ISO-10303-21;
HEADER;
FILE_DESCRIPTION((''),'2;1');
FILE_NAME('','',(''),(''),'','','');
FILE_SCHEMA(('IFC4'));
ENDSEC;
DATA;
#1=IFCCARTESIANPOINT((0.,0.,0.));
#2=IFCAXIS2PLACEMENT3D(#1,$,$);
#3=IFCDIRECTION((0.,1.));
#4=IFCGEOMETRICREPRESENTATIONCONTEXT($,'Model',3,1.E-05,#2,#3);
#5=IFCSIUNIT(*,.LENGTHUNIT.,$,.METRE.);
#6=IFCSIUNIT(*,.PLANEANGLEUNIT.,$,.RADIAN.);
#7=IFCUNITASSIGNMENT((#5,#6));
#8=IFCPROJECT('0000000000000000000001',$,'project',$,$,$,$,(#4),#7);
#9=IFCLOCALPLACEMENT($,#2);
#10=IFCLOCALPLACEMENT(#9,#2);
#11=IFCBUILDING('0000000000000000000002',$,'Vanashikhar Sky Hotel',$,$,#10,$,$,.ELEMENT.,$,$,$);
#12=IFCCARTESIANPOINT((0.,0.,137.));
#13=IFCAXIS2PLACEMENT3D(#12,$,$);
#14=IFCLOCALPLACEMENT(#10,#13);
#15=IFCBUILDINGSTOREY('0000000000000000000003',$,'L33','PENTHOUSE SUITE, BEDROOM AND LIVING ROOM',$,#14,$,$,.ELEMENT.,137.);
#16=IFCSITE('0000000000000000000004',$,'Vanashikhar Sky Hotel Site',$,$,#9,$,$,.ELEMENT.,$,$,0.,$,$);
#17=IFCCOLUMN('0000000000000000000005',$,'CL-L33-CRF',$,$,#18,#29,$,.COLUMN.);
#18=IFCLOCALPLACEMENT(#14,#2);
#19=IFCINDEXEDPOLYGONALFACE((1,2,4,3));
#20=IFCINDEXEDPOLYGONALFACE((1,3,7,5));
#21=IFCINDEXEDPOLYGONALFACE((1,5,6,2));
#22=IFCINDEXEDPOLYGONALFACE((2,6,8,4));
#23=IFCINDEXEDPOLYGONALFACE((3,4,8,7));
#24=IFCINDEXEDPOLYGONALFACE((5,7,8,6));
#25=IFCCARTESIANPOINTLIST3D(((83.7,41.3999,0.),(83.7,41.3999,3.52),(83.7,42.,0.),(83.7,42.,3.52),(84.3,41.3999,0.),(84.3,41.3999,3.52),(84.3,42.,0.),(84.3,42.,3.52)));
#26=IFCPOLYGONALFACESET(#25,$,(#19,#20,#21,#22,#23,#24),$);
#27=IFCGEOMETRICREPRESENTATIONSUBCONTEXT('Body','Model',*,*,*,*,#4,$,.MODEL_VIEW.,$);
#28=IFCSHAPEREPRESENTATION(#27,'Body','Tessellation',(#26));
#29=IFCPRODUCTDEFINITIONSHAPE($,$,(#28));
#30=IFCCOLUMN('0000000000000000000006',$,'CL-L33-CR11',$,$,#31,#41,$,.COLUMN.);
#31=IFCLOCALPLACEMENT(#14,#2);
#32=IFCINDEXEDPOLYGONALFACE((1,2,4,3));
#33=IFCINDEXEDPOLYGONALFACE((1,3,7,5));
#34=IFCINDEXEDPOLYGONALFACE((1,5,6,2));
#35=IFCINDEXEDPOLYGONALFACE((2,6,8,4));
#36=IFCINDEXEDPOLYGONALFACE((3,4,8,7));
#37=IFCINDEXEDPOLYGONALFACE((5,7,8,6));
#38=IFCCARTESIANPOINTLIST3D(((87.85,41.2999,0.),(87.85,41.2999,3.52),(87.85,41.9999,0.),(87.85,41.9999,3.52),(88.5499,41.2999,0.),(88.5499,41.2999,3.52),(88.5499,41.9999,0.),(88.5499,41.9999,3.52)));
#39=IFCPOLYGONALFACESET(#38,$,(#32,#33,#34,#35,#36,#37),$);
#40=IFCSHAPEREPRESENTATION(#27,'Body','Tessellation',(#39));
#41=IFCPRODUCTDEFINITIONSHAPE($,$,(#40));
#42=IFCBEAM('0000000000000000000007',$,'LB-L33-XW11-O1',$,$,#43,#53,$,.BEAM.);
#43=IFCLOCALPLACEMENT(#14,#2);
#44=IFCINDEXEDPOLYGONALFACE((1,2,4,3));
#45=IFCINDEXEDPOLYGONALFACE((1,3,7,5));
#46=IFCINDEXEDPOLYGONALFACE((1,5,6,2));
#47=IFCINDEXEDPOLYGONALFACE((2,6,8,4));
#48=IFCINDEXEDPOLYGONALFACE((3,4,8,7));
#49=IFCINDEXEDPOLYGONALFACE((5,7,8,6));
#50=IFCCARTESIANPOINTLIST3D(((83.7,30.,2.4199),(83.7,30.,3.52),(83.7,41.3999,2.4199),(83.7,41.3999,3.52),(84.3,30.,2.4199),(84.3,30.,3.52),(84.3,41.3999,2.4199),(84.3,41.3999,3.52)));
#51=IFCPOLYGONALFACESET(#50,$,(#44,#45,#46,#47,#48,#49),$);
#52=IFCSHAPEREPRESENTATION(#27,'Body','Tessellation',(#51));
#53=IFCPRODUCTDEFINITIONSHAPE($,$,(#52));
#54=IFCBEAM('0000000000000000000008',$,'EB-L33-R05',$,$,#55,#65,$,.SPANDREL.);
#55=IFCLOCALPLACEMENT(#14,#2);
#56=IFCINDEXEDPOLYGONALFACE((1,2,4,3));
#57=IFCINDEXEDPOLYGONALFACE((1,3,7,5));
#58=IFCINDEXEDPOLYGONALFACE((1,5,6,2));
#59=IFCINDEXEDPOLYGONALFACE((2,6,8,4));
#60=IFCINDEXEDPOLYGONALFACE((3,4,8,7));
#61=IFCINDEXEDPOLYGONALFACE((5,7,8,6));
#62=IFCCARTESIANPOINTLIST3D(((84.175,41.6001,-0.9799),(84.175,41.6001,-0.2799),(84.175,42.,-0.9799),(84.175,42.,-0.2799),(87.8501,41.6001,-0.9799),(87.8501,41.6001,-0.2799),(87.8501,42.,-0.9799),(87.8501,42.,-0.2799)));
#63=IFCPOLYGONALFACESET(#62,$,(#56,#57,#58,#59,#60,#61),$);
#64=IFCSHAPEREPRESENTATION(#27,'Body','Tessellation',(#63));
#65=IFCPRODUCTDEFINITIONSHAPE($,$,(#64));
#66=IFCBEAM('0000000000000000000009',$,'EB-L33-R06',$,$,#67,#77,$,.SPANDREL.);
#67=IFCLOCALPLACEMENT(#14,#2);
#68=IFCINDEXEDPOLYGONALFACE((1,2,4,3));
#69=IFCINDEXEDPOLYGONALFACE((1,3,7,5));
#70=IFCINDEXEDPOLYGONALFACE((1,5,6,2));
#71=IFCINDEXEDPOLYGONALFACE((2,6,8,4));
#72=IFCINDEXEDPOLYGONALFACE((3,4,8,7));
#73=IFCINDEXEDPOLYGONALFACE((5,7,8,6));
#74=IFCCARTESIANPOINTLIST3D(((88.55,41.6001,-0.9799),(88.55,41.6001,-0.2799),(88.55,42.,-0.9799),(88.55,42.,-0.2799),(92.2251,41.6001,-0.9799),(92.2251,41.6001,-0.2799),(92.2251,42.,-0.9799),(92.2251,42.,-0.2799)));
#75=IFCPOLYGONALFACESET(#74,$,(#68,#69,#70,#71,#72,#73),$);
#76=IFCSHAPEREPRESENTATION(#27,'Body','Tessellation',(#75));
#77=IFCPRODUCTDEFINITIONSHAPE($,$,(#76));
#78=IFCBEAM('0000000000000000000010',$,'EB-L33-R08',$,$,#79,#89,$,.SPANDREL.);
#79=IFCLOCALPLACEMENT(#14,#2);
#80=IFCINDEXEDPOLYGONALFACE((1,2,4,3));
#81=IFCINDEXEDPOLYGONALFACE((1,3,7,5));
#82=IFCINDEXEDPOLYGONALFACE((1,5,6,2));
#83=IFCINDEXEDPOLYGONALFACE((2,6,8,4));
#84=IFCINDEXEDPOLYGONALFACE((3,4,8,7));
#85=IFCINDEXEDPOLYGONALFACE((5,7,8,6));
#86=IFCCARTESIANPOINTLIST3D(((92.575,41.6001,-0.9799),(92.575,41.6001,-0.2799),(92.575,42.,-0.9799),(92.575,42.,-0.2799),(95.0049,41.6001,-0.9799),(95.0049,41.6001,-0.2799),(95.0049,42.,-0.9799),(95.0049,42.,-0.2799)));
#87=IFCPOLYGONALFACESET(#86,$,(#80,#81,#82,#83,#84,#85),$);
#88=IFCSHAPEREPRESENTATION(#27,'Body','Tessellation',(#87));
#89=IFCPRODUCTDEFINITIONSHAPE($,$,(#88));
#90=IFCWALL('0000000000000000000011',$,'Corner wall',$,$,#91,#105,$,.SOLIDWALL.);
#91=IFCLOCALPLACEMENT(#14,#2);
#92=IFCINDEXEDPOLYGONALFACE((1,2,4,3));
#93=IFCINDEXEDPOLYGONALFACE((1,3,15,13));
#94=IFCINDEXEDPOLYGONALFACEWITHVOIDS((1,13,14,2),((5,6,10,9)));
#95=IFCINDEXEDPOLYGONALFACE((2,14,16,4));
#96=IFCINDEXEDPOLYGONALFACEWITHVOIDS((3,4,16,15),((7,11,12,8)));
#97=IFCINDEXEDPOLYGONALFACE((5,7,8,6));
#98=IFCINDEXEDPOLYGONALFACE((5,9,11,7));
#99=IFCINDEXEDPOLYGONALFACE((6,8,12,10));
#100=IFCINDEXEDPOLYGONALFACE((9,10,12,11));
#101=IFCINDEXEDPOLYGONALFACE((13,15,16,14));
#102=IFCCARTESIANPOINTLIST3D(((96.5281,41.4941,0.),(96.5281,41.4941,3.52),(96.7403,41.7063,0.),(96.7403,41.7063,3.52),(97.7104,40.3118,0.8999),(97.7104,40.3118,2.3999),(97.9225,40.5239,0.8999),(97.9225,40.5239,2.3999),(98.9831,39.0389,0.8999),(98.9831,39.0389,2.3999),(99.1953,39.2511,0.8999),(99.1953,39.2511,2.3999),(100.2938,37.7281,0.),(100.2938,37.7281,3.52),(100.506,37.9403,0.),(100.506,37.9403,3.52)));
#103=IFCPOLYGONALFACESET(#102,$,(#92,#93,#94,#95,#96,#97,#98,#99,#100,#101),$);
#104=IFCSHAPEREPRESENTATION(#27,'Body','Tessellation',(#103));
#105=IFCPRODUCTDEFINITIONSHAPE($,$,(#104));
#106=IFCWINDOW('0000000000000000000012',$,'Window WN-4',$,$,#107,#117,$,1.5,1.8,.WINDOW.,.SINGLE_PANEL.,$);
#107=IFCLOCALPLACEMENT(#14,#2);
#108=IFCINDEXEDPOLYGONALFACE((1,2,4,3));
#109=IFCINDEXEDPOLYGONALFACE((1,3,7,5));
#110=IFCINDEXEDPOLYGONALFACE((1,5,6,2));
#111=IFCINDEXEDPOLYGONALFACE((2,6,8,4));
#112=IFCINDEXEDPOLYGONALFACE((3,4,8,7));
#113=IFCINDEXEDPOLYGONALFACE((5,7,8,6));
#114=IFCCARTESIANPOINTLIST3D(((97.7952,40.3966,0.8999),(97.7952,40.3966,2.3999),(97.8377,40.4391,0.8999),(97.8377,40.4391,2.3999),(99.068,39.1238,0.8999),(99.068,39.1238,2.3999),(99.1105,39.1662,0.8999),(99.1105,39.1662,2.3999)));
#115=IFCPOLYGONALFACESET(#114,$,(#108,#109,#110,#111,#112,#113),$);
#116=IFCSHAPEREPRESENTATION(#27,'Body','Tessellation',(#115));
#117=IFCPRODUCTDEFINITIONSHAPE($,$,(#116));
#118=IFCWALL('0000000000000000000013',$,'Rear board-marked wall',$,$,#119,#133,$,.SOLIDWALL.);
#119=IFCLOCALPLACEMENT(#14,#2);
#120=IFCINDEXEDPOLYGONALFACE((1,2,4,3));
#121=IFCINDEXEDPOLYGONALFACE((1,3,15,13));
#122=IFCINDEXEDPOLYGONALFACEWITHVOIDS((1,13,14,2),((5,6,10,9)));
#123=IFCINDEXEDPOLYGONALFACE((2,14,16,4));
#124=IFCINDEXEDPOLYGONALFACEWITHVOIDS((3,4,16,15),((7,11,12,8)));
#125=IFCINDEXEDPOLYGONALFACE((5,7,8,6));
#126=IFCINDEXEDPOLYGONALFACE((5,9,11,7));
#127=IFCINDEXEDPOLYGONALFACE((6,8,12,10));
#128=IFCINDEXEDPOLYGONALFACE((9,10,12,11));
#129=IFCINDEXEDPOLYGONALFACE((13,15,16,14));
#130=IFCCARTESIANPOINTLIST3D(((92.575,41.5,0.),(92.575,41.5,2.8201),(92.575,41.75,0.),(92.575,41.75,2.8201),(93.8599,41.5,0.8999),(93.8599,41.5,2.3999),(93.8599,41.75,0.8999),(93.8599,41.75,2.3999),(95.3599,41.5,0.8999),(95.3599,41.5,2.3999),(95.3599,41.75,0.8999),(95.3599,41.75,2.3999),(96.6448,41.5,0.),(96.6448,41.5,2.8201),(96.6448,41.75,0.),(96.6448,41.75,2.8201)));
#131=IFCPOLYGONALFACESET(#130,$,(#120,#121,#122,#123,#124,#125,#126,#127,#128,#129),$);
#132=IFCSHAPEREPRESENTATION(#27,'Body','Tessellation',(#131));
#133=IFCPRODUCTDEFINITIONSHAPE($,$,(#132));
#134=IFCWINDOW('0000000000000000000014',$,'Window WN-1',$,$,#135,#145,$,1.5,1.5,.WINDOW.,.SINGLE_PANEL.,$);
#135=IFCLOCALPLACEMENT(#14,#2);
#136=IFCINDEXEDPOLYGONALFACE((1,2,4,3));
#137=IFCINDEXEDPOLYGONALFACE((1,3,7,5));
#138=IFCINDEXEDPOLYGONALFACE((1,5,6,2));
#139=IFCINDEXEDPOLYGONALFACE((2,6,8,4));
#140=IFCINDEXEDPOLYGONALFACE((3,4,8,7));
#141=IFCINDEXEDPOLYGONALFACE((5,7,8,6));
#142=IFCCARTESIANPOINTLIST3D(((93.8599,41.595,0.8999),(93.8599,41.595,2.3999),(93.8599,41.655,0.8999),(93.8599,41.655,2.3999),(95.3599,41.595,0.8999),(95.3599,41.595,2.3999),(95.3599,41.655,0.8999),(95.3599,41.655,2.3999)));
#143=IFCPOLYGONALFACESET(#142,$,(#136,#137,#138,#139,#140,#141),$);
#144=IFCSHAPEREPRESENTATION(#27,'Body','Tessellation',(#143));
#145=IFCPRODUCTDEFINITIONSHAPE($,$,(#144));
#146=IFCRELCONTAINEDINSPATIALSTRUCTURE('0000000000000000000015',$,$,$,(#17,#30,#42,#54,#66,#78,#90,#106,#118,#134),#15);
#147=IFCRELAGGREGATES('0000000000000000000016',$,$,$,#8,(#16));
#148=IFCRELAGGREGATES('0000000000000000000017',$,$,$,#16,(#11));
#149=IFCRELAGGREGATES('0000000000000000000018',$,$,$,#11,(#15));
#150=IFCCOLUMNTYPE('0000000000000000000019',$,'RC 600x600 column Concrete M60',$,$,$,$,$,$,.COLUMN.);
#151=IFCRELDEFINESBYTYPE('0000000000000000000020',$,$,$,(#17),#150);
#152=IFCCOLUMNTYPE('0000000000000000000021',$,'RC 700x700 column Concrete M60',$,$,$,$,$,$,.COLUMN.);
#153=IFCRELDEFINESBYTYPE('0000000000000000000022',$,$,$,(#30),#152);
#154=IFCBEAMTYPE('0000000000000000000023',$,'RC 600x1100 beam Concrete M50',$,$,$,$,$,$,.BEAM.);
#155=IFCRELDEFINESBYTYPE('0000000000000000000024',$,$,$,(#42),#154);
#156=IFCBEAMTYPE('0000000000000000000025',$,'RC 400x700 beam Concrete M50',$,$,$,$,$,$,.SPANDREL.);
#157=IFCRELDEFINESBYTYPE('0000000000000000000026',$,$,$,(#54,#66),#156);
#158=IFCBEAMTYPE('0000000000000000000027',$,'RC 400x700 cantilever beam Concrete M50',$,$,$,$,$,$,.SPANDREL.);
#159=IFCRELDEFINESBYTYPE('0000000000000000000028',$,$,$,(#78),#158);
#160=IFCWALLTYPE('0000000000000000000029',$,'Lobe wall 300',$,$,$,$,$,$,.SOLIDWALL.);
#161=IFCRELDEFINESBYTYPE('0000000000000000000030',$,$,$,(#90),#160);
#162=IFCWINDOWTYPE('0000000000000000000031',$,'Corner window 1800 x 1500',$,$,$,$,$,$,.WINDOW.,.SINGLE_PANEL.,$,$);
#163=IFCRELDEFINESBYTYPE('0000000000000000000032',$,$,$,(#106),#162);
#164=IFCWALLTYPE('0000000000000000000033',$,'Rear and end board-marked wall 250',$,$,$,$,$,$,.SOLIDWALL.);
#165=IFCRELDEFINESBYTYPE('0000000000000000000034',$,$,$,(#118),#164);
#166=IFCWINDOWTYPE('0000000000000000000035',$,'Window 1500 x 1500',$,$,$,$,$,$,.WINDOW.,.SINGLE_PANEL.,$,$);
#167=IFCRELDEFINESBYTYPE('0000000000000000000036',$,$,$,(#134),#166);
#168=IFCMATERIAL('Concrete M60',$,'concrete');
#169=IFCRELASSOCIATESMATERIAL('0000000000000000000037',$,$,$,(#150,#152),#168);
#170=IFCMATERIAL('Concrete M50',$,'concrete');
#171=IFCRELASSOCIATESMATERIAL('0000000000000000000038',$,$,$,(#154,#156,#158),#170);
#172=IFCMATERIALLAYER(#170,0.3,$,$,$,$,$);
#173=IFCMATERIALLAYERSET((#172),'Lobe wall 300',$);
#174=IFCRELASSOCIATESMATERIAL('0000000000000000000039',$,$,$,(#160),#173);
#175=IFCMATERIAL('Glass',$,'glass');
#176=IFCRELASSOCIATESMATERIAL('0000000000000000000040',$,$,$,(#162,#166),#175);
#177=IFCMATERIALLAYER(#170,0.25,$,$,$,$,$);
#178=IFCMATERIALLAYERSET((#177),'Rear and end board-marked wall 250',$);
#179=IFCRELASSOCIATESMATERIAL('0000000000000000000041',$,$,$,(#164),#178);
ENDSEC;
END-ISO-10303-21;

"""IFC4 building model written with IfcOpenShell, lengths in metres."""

from ifc_helpers import new_model, si_unit, direction, frame, frame_2d, origin, origin_2d, place, context, subcontext, project, spatial, rectangle, extrude, source, transform, mapped, material, layer, layer_set, material_profile, profile_set, type_object, element, fill, save


model = new_model("IFC4")

# Units and contexts
model_context = context("Model", 3, precision=1e-05, world=origin(), true_north=direction((0.0, 1.0)))
body_context = subcontext(model_context, "Body", "Model", "MODEL_VIEW")
ifc_project = project(units=[si_unit("LENGTHUNIT", "METRE"), si_unit("PLANEANGLEUNIT", "RADIAN")], contexts=[model_context])

# Site, building, storey
site_placement = place(None, origin())
site = spatial("IfcSite", under=ifc_project, at=site_placement, Name="Vanashikhar Sky Hotel Site", CompositionType="ELEMENT", RefElevation=0.0)
building_placement = place(site_placement, origin())
building = spatial("IfcBuilding", under=site, at=building_placement, Name="Vanashikhar Sky Hotel", CompositionType="ELEMENT")
storey_placement = place(building_placement, frame((0.0, 0.0, 137.0)))
storey = spatial("IfcBuildingStorey", under=building, at=storey_placement, Name="L33", Description="PENTHOUSE SUITE, BEDROOM AND LIVING ROOM", CompositionType="ELEMENT", Elevation=137.0)

# Columns
ifc_material_1 = material(Name="Concrete M60", Category="concrete")
ifc_material_profile_1 = material_profile(ifc_material_1, rectangle(XDim=0.6001, YDim=0.6001, at=origin_2d()))
ifc_profile_set_1 = profile_set([ifc_material_profile_1], Name="RC 600x600 column Concrete M60")
column_type_1 = type_object("IfcColumnType", Name="RC 600x600 column Concrete M60", PredefinedType="COLUMN", material=ifc_profile_set_1)
shared_shape_1 = source(origin(), body_context, "Body", "SweptSolid", [
    extrude(rectangle(XDim=0.6001, YDim=0.6001, at=origin_2d()), origin(), (0.0, 0.0, 1.0), 3.52),
])
column_1_placement = place(storey_placement, frame((84.0, 41.7, 0.0), z_axis=(0.0, 0.0, 1.0), x_axis=(1.0, 0.0, 0.0)))
element("IfcColumn", 1, at=column_1_placement, inside=storey, type_object=column_type_1, Name="CL-L33-CRF", PredefinedType="COLUMN", context=body_context, shape_type="MappedRepresentation", body=[
    mapped(shared_shape_1, transform((0.0, 0.0, 0.0), scale=1.0)),
])
ifc_material_profile_2 = material_profile(ifc_material_1, rectangle(XDim=0.7, YDim=0.7, at=origin_2d()))
ifc_profile_set_2 = profile_set([ifc_material_profile_2], Name="RC 700x700 column Concrete M60")
column_type_2 = type_object("IfcColumnType", Name="RC 700x700 column Concrete M60", PredefinedType="COLUMN", material=ifc_profile_set_2)
shared_shape_2 = source(origin(), body_context, "Body", "SweptSolid", [
    extrude(rectangle(XDim=0.7, YDim=0.7, at=origin_2d()), origin(), (0.0, 0.0, 1.0), 3.52),
])
column_2_placement = place(storey_placement, frame((88.2, 41.6499, 0.0), z_axis=(0.0, 0.0, 1.0), x_axis=(1.0, 0.0, 0.0)))
element("IfcColumn", 2, at=column_2_placement, inside=storey, type_object=column_type_2, Name="CL-L33-CR11", PredefinedType="COLUMN", context=body_context, shape_type="MappedRepresentation", body=[
    mapped(shared_shape_2, transform((0.0, 0.0, 0.0), scale=1.0)),
])

# Beams
ifc_material_2 = material(Name="Concrete M50", Category="concrete")
ifc_material_profile_3 = material_profile(ifc_material_2, rectangle(XDim=0.6001, YDim=1.1001, at=origin_2d()))
ifc_profile_set_3 = profile_set([ifc_material_profile_3], Name="RC 600x1100 beam Concrete M50")
beam_type_1 = type_object("IfcBeamType", Name="RC 600x1100 beam Concrete M50", PredefinedType="BEAM", material=ifc_profile_set_3)
shared_shape_3 = source(origin(), body_context, "Body", "SweptSolid", [
    extrude(rectangle(XDim=0.6001, YDim=1.1001, at=origin_2d()), origin(), (0.0, 0.0, 1.0), 11.3999),
])
beam_1_placement = place(storey_placement, frame((84.0, 30.0, 2.97), z_axis=(0.0, 1.0, 0.0), x_axis=(-1.0, 0.0, 0.0)))
element("IfcBeam", 3, at=beam_1_placement, inside=storey, type_object=beam_type_1, Name="LB-L33-XW11-O1", PredefinedType="BEAM", context=body_context, shape_type="MappedRepresentation", body=[
    mapped(shared_shape_3, transform((0.0, 0.0, 0.0), scale=1.0)),
])
ifc_material_profile_4 = material_profile(ifc_material_2, rectangle(XDim=0.3999, YDim=0.7, at=origin_2d()))
ifc_profile_set_4 = profile_set([ifc_material_profile_4], Name="RC 400x700 beam Concrete M50")
beam_type_2 = type_object("IfcBeamType", Name="RC 400x700 beam Concrete M50", PredefinedType="SPANDREL", material=ifc_profile_set_4)
shared_shape_4 = source(origin(), body_context, "Body", "SweptSolid", [
    extrude(rectangle(XDim=0.3999, YDim=0.7, at=origin_2d()), origin(), (0.0, 0.0, 1.0), 3.675),
])
for number, where, z_axis, x_axis, name in (
    (4, (84.175, 41.8, -0.6299), (1.0, 0.0, 0.0), (0.0, 1.0, 0.0), "EB-L33-R05"),
    (5, (88.55, 41.8, -0.6299), (1.0, 0.0, 0.0), (0.0, 1.0, 0.0), "EB-L33-R06"),
):
    element("IfcBeam", number, at=place(storey_placement, frame(where, z_axis=z_axis, x_axis=x_axis)), inside=storey, type_object=beam_type_2, Name=name, PredefinedType="SPANDREL", context=body_context, shape_type="MappedRepresentation", body=[
        mapped(shared_shape_4, transform((0.0, 0.0, 0.0), scale=1.0)),
    ])
ifc_material_profile_5 = material_profile(ifc_material_2, rectangle(XDim=0.3999, YDim=0.7, at=origin_2d()))
ifc_profile_set_5 = profile_set([ifc_material_profile_5], Name="RC 400x700 cantilever beam Concrete M50")
beam_type_3 = type_object("IfcBeamType", Name="RC 400x700 cantilever beam Concrete M50", PredefinedType="SPANDREL", material=ifc_profile_set_5)
shared_shape_5 = source(origin(), body_context, "Body", "SweptSolid", [
    extrude(rectangle(XDim=0.3999, YDim=0.7, at=origin_2d()), origin(), (0.0, 0.0, 1.0), 2.4299),
])
beam_2_placement = place(storey_placement, frame((92.575, 41.8, -0.6299), z_axis=(1.0, 0.0, 0.0), x_axis=(0.0, 1.0, 0.0)))
element("IfcBeam", 6, at=beam_2_placement, inside=storey, type_object=beam_type_3, Name="EB-L33-R08", PredefinedType="SPANDREL", context=body_context, shape_type="MappedRepresentation", body=[
    mapped(shared_shape_5, transform((0.0, 0.0, 0.0), scale=1.0)),
])

# Walls, openings, windows
ifc_layer_1 = layer(ifc_material_2, 0.3)
ifc_layer_set_1 = layer_set([ifc_layer_1], Name="Lobe wall 300")
wall_type_1 = type_object("IfcWallType", Name="Lobe wall 300", PredefinedType="SOLIDWALL", material=ifc_layer_set_1)
shared_shape_6 = source(origin(), body_context, "Body", "SweptSolid", [
    extrude(rectangle(XDim=5.3257, YDim=0.3, at=frame_2d((2.6628, 0.0))), origin(), (0.0, 0.0, 1.0), 3.52),
])
wall_1_placement = place(storey_placement, frame((100.3999, 37.8342, 0.0), z_axis=(0.0, 0.0, 1.0), x_axis=(-0.707084, 0.70713, 0.0)))
wall_1 = element("IfcWall", 7, at=wall_1_placement, inside=storey, type_object=wall_type_1, Name="Corner wall", PredefinedType="SOLIDWALL", context=body_context, shape_type="MappedRepresentation", body=[
    mapped(shared_shape_6, transform((0.0, 0.0, 0.0), scale=1.0)),
])
shared_shape_7 = source(origin(), body_context, "Body", "SweptSolid", [
    extrude(rectangle(XDim=1.8, YDim=1.5, at=frame_2d((0.8999, 0.75))), frame((0.0, 0.1602, 0.0), z_axis=(0.0, -1.0, 0.0), x_axis=(1.0, 0.0, 0.0)), (0.0, 0.0, 1.0), 0.3201),
])
opening_1_placement = place(wall_1_placement, frame((1.8538, 0.0, 0.8999)))
opening_1 = element("IfcOpeningElement", 8, at=opening_1_placement, cuts=wall_1, PredefinedType="OPENING", context=body_context, shape_type="MappedRepresentation", body=[
    mapped(shared_shape_7, transform((0.0, 0.0, 0.0), scale=1.0)),
])
ifc_material_3 = material(Name="Glass", Category="glass")
window_type_1 = type_object("IfcWindowType", Name="Corner window 1800 x 1500", PartitioningType="SINGLE_PANEL", PredefinedType="WINDOW", material=ifc_material_3)
shared_shape_8 = source(origin(), body_context, "Body", "SweptSolid", [
    extrude(rectangle(XDim=1.8, YDim=1.5, at=frame_2d((0.8999, 0.75))), frame((0.0, 0.03, 0.0), z_axis=(0.0, -1.0, 0.0), x_axis=(1.0, 0.0, 0.0)), (0.0, 0.0, 1.0), 0.0601),
])
window_1_placement = place(opening_1_placement, origin())
window_1 = element("IfcWindow", 9, at=window_1_placement, inside=storey, type_object=window_type_1, Name="Window WN-4", OverallHeight=1.5, OverallWidth=1.8, PartitioningType="SINGLE_PANEL", PredefinedType="WINDOW", context=body_context, shape_type="MappedRepresentation", body=[
    mapped(shared_shape_8, transform((0.0, 0.0, 0.0), scale=1.0)),
])
fill(opening_1, window_1)
ifc_layer_2 = layer(ifc_material_2, 0.25)
ifc_layer_set_2 = layer_set([ifc_layer_2], Name="Rear and end board-marked wall 250")
wall_type_2 = type_object("IfcWallType", Name="Rear and end board-marked wall 250", PredefinedType="SOLIDWALL", material=ifc_layer_set_2)
shared_shape_9 = source(origin(), body_context, "Body", "SweptSolid", [
    extrude(rectangle(XDim=4.0698, YDim=0.25, at=frame_2d((2.0349, 0.0))), origin(), (0.0, 0.0, 1.0), 2.8201),
])
wall_2_placement = place(storey_placement, frame((96.6448, 41.625, 0.0), z_axis=(0.0, 0.0, 1.0), x_axis=(-1.0, 0.0, 0.0)))
wall_2 = element("IfcWall", 10, at=wall_2_placement, inside=storey, type_object=wall_type_2, Name="Rear board-marked wall", PredefinedType="SOLIDWALL", context=body_context, shape_type="MappedRepresentation", body=[
    mapped(shared_shape_9, transform((0.0, 0.0, 0.0), scale=1.0)),
])
shared_shape_10 = source(origin(), body_context, "Body", "SweptSolid", [
    extrude(rectangle(XDim=1.5, YDim=1.5, at=frame_2d((0.75, 0.75))), frame((0.0, 0.135, 0.0), z_axis=(0.0, -1.0, 0.0), x_axis=(1.0, 0.0, 0.0)), (0.0, 0.0, 1.0), 0.27),
])
opening_2_placement = place(wall_2_placement, frame((1.2849, 0.0, 0.8999)))
opening_2 = element("IfcOpeningElement", 11, at=opening_2_placement, cuts=wall_2, PredefinedType="OPENING", context=body_context, shape_type="MappedRepresentation", body=[
    mapped(shared_shape_10, transform((0.0, 0.0, 0.0), scale=1.0)),
])
window_type_2 = type_object("IfcWindowType", Name="Window 1500 x 1500", PartitioningType="SINGLE_PANEL", PredefinedType="WINDOW", material=ifc_material_3)
shared_shape_11 = source(origin(), body_context, "Body", "SweptSolid", [
    extrude(rectangle(XDim=1.5, YDim=1.5, at=frame_2d((0.75, 0.75))), frame((0.0, 0.03, 0.0), z_axis=(0.0, -1.0, 0.0), x_axis=(1.0, 0.0, 0.0)), (0.0, 0.0, 1.0), 0.0601),
])
window_2_placement = place(opening_2_placement, origin())
window_2 = element("IfcWindow", 12, at=window_2_placement, inside=storey, type_object=window_type_2, Name="Window WN-1", OverallHeight=1.5, OverallWidth=1.5, PartitioningType="SINGLE_PANEL", PredefinedType="WINDOW", context=body_context, shape_type="MappedRepresentation", body=[
    mapped(shared_shape_11, transform((0.0, 0.0, 0.0), scale=1.0)),
])
fill(opening_2, window_2)

save(model, "model.ifc")
